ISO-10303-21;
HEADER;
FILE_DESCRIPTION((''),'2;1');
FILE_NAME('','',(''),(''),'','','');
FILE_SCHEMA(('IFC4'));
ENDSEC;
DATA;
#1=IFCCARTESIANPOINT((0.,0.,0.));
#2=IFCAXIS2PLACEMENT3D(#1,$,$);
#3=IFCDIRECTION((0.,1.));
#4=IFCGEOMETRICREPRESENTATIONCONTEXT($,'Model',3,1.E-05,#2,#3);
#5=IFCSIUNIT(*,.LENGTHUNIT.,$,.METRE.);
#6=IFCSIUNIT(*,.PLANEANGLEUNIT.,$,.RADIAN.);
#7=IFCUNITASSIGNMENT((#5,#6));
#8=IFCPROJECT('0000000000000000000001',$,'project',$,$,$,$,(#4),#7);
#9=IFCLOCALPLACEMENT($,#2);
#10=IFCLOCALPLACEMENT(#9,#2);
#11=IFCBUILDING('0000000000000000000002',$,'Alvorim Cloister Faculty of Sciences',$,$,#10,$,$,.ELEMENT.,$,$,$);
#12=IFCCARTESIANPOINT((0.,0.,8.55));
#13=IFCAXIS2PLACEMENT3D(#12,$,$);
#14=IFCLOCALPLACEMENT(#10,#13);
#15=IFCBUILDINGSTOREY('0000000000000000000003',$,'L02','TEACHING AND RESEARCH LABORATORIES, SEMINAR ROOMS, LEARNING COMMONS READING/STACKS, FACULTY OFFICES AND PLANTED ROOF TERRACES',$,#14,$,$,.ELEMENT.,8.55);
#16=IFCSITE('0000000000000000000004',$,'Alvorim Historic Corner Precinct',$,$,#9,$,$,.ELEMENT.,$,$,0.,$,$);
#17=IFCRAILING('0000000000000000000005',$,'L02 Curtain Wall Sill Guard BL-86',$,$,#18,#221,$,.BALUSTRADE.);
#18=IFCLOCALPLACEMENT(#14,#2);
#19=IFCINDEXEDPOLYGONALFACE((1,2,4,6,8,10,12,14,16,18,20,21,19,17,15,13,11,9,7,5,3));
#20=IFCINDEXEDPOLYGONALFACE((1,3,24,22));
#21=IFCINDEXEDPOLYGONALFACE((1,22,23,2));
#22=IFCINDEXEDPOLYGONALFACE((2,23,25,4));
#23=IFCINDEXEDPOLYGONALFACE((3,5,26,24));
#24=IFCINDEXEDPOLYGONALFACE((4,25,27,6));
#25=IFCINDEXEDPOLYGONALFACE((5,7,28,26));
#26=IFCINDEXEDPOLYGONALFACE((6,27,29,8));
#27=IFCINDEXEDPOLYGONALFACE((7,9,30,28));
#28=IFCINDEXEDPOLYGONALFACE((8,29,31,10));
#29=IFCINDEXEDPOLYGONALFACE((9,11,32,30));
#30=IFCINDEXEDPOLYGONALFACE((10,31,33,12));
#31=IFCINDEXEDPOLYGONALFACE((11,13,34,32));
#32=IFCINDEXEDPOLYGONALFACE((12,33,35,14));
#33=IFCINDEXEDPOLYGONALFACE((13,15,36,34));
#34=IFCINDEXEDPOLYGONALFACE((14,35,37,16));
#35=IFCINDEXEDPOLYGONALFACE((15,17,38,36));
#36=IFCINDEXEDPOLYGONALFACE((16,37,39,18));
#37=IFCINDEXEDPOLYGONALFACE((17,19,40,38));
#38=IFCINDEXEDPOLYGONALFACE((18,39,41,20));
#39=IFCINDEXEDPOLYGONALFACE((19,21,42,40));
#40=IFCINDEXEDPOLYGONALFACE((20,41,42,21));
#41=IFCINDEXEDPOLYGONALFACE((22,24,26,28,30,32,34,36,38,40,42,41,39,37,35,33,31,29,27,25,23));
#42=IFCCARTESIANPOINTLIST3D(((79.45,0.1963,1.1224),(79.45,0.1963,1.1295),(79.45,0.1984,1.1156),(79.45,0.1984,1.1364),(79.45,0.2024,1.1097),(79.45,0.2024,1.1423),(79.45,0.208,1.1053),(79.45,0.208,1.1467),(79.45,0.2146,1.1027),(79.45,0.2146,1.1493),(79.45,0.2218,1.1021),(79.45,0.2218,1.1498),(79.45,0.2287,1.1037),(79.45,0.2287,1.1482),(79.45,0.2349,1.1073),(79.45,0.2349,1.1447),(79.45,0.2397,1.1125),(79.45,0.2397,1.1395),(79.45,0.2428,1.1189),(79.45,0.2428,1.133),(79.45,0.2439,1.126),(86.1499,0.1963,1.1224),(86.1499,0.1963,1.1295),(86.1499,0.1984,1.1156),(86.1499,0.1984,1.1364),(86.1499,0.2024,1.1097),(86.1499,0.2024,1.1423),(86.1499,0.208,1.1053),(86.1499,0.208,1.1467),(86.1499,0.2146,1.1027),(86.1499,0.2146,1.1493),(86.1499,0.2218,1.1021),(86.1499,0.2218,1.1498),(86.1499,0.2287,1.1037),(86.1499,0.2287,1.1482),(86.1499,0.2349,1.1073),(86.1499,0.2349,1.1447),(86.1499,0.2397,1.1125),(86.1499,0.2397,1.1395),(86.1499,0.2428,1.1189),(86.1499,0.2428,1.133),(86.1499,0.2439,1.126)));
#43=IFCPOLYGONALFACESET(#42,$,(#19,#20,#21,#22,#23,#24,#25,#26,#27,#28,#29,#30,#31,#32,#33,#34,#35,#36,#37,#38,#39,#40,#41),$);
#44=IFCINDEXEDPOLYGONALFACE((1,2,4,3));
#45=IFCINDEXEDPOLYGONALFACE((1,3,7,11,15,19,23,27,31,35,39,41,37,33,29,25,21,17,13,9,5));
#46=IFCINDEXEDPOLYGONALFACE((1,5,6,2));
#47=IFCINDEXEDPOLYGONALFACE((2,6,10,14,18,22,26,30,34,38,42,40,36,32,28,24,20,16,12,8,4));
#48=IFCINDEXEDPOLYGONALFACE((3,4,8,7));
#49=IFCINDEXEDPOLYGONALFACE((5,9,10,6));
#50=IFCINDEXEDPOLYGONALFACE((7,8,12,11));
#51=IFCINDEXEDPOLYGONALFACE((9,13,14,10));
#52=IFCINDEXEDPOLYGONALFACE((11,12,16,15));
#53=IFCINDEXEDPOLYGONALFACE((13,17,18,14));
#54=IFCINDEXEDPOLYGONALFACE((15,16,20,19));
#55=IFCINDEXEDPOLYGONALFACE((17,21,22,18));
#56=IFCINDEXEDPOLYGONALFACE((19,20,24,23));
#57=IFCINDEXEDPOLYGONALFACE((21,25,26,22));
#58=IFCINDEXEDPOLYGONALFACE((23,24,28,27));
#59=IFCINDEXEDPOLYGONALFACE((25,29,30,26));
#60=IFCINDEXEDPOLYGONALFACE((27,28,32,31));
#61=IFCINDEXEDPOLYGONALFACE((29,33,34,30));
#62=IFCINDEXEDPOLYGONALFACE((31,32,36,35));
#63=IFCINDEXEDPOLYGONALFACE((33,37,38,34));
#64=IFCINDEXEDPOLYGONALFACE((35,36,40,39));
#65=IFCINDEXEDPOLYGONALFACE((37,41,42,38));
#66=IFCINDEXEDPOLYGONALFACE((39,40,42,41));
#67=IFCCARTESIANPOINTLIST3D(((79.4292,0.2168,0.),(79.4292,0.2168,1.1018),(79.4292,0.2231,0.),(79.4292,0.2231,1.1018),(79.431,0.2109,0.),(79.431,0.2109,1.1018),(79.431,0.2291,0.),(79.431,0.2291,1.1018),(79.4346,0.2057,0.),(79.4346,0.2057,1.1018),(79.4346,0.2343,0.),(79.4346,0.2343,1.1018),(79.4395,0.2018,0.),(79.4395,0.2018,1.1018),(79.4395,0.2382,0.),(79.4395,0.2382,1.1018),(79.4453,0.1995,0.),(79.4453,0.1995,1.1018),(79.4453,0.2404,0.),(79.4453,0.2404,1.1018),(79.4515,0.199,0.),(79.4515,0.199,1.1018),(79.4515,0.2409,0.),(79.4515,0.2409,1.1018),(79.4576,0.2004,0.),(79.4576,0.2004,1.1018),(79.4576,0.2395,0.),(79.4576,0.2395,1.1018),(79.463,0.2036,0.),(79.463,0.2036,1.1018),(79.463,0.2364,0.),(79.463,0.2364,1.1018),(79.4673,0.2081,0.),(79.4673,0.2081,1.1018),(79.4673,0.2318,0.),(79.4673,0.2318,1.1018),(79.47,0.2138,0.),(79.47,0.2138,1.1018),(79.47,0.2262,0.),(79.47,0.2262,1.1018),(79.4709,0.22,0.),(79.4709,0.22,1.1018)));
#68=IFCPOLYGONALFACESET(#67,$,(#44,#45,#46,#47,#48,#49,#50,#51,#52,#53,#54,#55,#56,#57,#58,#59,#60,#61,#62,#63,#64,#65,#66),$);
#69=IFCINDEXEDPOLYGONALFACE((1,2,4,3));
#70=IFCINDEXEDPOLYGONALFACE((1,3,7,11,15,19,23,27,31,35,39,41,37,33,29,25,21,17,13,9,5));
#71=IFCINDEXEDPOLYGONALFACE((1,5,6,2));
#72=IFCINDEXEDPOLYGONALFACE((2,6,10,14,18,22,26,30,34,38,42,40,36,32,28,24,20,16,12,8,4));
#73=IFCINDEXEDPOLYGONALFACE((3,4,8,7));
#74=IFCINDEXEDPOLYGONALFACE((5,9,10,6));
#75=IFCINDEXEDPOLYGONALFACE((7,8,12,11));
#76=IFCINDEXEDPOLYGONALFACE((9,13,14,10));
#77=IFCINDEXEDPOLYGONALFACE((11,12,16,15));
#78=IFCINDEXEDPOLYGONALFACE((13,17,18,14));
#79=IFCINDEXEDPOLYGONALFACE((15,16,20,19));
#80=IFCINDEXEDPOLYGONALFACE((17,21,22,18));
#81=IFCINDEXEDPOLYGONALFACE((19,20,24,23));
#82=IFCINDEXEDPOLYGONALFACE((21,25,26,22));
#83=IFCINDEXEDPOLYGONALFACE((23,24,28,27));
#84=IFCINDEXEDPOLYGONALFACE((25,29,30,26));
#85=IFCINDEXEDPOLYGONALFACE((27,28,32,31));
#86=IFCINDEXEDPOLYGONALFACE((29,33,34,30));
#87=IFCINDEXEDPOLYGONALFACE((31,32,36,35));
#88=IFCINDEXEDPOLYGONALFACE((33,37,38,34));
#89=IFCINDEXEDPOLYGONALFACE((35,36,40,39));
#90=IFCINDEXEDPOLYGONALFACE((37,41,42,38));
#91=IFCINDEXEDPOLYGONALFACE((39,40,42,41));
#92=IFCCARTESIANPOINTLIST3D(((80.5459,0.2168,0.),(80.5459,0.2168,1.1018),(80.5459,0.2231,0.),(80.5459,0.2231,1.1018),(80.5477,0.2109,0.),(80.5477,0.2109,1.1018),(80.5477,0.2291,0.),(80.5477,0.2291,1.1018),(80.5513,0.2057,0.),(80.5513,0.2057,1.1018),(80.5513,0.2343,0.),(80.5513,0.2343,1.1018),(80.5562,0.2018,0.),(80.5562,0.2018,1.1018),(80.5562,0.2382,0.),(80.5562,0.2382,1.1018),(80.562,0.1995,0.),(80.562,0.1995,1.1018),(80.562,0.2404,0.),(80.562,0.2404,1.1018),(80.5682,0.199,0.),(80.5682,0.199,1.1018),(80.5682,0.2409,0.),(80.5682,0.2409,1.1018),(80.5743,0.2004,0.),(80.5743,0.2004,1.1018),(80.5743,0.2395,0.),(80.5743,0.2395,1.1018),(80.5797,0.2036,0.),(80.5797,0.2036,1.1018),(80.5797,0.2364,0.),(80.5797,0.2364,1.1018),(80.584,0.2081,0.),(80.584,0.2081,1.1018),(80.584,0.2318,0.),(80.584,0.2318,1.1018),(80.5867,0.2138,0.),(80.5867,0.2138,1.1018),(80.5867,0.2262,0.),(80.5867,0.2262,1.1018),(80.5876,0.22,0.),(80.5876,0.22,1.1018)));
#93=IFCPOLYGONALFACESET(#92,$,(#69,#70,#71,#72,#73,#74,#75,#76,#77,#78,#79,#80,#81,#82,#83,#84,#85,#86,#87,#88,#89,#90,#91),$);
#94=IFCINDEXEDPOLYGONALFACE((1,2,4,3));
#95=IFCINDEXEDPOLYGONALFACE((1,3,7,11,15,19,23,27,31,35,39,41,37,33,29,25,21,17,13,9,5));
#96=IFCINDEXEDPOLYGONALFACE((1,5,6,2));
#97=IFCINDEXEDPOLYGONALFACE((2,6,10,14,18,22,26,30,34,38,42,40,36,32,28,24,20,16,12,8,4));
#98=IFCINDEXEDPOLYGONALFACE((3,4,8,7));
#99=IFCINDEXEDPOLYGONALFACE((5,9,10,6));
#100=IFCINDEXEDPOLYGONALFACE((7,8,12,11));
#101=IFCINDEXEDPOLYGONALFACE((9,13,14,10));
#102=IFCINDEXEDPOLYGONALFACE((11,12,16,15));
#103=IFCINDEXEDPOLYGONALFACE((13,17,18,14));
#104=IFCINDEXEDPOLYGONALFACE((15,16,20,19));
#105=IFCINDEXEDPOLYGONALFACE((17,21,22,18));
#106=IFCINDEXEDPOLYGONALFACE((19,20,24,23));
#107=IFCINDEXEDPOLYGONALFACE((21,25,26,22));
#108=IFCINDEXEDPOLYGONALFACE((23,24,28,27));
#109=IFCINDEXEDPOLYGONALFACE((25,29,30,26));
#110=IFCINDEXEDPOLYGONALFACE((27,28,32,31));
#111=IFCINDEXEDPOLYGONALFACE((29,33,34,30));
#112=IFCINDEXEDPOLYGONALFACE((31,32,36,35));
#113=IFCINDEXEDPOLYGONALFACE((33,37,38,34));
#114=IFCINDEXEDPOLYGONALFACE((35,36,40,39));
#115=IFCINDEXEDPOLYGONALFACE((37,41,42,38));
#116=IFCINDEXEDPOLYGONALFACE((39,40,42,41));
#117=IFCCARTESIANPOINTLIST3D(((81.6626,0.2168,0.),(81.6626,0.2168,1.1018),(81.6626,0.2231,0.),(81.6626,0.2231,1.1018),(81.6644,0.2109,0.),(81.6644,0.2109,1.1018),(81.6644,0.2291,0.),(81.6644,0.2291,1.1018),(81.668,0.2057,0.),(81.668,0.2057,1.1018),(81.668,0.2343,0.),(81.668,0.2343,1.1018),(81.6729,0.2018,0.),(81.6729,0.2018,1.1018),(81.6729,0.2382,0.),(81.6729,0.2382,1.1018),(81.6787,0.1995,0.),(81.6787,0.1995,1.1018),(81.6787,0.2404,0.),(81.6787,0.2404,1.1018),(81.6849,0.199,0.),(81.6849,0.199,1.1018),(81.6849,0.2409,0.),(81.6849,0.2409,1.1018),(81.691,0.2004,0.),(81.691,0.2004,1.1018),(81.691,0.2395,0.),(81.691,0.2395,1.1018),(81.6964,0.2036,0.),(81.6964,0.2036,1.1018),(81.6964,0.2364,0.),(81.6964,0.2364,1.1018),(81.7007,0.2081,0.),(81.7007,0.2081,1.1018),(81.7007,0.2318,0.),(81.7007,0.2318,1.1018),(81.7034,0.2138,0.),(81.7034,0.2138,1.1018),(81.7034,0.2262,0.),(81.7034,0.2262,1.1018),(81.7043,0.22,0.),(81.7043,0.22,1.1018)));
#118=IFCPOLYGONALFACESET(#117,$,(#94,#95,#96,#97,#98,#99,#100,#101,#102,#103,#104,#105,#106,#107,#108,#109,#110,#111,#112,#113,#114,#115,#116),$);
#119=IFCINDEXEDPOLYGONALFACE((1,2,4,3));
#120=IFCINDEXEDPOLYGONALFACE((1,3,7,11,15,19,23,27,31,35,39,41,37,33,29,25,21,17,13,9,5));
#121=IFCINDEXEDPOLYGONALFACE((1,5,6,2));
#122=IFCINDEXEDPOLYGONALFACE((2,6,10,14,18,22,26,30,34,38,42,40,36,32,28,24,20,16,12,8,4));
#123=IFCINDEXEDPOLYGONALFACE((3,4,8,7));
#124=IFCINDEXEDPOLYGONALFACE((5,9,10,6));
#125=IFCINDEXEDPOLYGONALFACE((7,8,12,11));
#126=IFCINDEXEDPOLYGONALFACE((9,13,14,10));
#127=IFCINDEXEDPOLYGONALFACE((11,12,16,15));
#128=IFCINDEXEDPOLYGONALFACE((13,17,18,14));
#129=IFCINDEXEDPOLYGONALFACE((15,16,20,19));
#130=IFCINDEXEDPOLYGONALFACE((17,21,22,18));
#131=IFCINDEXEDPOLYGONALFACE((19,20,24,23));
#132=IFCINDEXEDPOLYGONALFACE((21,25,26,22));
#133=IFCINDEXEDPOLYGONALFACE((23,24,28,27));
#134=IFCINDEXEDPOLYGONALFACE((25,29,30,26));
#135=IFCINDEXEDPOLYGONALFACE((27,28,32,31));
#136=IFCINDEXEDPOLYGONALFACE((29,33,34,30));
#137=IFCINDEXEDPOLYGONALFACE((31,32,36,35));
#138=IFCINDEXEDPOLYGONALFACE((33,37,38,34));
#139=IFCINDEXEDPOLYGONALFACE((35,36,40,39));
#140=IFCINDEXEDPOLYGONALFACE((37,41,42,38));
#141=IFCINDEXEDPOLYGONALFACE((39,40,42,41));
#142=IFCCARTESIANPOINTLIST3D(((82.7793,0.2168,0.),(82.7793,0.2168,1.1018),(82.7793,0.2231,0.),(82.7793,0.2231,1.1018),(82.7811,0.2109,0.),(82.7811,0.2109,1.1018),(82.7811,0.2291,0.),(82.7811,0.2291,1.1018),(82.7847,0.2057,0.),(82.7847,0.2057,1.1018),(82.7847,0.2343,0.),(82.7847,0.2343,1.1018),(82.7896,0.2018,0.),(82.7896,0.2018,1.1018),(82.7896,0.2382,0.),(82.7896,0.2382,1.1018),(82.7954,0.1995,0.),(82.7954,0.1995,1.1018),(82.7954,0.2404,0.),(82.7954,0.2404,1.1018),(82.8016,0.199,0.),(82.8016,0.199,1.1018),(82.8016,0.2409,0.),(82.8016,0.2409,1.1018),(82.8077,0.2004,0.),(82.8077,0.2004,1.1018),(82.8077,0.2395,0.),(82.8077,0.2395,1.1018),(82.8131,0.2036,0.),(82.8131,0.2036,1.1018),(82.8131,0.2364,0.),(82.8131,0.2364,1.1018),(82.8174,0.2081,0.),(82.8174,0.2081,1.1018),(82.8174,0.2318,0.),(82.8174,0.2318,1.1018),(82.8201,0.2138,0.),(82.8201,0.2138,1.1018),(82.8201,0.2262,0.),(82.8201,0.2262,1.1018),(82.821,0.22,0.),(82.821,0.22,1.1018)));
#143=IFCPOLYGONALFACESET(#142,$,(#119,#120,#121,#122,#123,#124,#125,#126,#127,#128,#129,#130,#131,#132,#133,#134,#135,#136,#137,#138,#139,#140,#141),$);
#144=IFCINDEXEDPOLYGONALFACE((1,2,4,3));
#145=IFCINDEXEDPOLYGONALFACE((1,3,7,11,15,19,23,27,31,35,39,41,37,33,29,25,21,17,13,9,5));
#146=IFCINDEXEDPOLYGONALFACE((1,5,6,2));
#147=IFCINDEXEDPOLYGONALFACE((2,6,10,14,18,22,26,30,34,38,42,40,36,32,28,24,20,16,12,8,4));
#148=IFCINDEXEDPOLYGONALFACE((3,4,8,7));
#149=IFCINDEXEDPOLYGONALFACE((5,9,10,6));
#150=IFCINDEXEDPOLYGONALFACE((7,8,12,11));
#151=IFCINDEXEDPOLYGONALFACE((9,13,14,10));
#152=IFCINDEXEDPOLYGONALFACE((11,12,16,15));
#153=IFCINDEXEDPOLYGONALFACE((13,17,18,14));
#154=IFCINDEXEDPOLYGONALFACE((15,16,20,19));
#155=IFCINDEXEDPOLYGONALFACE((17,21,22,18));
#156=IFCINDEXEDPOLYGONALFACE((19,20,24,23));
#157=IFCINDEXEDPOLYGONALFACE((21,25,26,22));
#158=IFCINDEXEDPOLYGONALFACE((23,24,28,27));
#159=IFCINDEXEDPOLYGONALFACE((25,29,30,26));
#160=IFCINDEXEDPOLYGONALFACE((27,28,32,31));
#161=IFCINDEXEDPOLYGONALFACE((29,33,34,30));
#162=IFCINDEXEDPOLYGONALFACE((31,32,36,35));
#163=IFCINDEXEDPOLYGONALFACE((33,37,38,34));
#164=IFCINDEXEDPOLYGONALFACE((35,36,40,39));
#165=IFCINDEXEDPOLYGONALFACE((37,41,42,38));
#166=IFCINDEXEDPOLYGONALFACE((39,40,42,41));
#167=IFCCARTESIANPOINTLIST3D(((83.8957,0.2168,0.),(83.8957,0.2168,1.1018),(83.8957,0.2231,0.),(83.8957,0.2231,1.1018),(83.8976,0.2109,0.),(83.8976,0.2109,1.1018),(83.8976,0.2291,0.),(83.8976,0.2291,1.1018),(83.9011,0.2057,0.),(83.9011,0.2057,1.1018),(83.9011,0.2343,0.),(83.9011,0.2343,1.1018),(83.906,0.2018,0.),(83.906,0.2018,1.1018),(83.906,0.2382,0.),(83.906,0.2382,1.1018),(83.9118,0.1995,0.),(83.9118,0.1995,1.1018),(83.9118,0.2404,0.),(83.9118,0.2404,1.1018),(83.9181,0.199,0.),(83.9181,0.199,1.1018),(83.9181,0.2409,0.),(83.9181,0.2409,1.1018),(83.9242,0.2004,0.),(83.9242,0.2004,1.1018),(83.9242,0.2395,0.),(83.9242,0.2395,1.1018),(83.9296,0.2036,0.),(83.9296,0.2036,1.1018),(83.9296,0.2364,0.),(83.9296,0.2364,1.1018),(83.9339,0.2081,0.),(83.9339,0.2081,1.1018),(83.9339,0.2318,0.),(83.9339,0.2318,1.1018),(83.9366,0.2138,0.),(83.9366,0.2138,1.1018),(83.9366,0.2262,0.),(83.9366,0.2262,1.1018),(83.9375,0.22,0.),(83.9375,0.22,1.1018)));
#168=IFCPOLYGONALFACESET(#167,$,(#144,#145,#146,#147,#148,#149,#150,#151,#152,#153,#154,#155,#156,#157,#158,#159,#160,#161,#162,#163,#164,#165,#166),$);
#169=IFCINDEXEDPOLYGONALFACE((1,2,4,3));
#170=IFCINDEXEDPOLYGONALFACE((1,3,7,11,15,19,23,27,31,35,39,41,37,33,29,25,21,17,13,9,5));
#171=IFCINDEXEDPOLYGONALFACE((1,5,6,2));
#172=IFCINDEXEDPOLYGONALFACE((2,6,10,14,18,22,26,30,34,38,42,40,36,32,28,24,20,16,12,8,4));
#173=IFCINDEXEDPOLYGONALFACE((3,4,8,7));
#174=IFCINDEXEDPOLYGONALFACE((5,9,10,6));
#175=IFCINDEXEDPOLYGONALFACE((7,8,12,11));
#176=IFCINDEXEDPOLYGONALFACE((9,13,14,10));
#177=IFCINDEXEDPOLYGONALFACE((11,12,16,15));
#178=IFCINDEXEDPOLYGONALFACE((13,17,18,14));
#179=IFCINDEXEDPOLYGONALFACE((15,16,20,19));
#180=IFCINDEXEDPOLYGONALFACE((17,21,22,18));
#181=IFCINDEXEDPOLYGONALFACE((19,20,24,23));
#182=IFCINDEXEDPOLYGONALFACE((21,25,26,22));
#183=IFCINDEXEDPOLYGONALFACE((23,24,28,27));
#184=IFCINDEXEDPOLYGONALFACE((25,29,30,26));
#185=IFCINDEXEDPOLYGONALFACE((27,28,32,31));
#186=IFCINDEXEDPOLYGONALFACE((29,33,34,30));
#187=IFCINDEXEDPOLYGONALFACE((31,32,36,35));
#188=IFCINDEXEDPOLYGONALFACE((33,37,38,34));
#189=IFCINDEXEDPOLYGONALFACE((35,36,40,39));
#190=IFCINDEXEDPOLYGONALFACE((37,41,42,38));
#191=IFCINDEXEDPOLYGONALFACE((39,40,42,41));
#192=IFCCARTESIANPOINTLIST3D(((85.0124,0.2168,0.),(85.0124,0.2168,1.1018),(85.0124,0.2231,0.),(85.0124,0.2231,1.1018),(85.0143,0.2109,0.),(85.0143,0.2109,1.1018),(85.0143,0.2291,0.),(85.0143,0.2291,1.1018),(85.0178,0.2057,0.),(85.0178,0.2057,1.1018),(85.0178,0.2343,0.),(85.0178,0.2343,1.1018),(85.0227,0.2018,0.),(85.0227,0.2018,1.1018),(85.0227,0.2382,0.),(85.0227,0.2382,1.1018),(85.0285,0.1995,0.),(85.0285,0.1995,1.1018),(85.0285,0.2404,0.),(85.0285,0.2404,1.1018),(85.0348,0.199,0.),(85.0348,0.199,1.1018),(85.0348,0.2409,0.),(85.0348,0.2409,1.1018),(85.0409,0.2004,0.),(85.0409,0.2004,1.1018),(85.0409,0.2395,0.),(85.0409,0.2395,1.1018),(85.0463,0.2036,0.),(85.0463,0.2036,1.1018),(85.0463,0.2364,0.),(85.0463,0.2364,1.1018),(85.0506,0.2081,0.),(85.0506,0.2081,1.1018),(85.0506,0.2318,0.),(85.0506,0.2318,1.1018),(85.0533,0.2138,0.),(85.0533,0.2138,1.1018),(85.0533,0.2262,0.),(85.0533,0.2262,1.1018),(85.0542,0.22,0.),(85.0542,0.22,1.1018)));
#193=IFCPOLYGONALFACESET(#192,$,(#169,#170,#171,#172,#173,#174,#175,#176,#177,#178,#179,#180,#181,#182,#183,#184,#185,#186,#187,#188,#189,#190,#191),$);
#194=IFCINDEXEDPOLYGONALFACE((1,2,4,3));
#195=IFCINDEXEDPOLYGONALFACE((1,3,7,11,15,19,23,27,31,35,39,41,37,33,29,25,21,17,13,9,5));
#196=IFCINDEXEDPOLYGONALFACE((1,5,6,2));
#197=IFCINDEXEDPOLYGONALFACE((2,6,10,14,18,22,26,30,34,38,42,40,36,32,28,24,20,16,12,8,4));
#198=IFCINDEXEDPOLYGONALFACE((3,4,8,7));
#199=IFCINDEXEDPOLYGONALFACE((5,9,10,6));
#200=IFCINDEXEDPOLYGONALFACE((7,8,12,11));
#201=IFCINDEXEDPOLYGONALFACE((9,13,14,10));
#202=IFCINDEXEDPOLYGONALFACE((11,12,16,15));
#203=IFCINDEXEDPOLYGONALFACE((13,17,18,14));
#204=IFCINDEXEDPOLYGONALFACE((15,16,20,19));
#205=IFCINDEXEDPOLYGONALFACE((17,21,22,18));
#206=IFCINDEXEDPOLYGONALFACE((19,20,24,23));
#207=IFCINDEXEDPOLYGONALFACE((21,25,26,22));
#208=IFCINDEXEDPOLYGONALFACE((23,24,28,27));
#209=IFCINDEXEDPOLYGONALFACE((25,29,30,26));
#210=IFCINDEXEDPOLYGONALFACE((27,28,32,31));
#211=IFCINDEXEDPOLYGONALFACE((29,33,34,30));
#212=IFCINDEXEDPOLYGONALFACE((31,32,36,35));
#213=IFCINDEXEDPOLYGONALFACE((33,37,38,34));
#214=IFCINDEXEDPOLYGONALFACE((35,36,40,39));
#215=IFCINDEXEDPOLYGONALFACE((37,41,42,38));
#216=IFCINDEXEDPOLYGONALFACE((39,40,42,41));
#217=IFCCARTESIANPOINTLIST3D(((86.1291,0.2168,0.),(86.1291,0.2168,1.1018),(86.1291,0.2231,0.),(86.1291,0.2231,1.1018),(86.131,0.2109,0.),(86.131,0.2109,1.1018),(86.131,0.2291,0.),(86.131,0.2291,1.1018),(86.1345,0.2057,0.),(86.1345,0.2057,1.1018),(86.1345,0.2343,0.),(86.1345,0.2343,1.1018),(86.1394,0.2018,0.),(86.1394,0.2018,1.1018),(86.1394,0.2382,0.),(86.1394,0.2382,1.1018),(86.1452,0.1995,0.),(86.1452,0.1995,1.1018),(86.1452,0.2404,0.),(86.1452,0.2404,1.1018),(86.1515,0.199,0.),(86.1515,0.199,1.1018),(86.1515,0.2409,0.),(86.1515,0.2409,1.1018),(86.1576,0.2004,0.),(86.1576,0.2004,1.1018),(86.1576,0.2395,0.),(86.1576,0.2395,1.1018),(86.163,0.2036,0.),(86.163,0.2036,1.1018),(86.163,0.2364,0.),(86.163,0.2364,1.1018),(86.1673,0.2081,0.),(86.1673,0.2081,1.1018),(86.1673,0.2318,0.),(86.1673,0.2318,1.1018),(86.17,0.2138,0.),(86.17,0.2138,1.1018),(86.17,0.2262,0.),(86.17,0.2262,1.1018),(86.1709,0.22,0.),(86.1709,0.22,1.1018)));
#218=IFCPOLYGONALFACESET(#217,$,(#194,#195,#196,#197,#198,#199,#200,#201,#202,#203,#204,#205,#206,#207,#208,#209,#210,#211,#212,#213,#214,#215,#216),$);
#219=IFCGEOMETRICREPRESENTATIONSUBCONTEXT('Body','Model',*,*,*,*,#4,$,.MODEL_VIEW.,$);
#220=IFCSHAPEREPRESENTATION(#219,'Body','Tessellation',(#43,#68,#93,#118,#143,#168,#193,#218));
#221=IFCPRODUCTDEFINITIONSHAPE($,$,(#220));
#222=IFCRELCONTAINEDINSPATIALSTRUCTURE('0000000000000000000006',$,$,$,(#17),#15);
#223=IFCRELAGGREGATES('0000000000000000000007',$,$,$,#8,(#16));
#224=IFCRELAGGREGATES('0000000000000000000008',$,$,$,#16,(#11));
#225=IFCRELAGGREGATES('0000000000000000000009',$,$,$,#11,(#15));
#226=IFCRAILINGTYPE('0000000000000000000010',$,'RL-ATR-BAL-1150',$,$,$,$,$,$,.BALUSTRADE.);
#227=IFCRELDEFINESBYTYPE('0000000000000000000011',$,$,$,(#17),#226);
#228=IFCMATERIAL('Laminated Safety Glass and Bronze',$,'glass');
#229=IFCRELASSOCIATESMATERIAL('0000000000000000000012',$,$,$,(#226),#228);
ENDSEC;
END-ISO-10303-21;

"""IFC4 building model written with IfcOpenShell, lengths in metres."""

from ifc_helpers import new_model, si_unit, direction, frame, origin, origin_2d, place, context, subcontext, project, spatial, circle, extrude, material, type_object, element, save


model = new_model("IFC4")

# Units and contexts
model_context = context("Model", 3, precision=1e-05, world=origin(), true_north=direction((0.0, 1.0)))
body_context = subcontext(model_context, "Body", "Model", "MODEL_VIEW")
ifc_project = project(units=[si_unit("LENGTHUNIT", "METRE"), si_unit("PLANEANGLEUNIT", "RADIAN")], contexts=[model_context])

# Site, building, storey
site_placement = place(None, origin())
site = spatial("IfcSite", under=ifc_project, at=site_placement, Name="Alvorim Historic Corner Precinct", CompositionType="ELEMENT", RefElevation=0.0)
building_placement = place(site_placement, origin())
building = spatial("IfcBuilding", under=site, at=building_placement, Name="Alvorim Cloister Faculty of Sciences", CompositionType="ELEMENT")
storey_placement = place(building_placement, frame((0.0, 0.0, 8.55)))
storey = spatial("IfcBuildingStorey", under=building, at=storey_placement, Name="L02", Description="TEACHING AND RESEARCH LABORATORIES, SEMINAR ROOMS, LEARNING COMMONS READING/STACKS, FACULTY OFFICES AND PLANTED ROOF TERRACES", CompositionType="ELEMENT", Elevation=8.55)

# Railing
ifc_material_1 = material(Name="Laminated Safety Glass and Bronze", Category="glass")
railing_type = type_object("IfcRailingType", Name="RL-ATR-BAL-1150", PredefinedType="BALUSTRADE", material=ifc_material_1)
railing_1_placement = place(storey_placement, frame((79.45, 0.22, 0.0)))
element("IfcRailing", 1, at=railing_1_placement, inside=storey, type_object=railing_type, Name="L02 Curtain Wall Sill Guard BL-86", PredefinedType="BALUSTRADE", context=body_context, shape_type="SweptSolid", body=[
    extrude(circle(Radius=0.0239, at=origin_2d()), frame((0.0, 0.0, 1.126), z_axis=(1.0, 0.0, 0.0), x_axis=(0.0, 1.0, 0.0)), (0.0, 0.0, 1.0), 6.7),
    extrude(circle(Radius=0.021, at=origin_2d()), origin(), (0.0, 0.0, 1.0), 1.1018),
    extrude(circle(Radius=0.021, at=origin_2d()), frame((1.1167, 0.0, 0.0)), (0.0, 0.0, 1.0), 1.1018),
    extrude(circle(Radius=0.021, at=origin_2d()), frame((2.2334, 0.0, 0.0)), (0.0, 0.0, 1.0), 1.1018),
    extrude(circle(Radius=0.021, at=origin_2d()), frame((3.3501, 0.0, 0.0)), (0.0, 0.0, 1.0), 1.1018),
    extrude(circle(Radius=0.021, at=origin_2d()), frame((4.4666, 0.0, 0.0)), (0.0, 0.0, 1.0), 1.1018),
    extrude(circle(Radius=0.021, at=origin_2d()), frame((5.5833, 0.0, 0.0)), (0.0, 0.0, 1.0), 1.1018),
    extrude(circle(Radius=0.021, at=origin_2d()), frame((6.7, 0.0, 0.0)), (0.0, 0.0, 1.0), 1.1018),
])

save(model, "model.ifc")
